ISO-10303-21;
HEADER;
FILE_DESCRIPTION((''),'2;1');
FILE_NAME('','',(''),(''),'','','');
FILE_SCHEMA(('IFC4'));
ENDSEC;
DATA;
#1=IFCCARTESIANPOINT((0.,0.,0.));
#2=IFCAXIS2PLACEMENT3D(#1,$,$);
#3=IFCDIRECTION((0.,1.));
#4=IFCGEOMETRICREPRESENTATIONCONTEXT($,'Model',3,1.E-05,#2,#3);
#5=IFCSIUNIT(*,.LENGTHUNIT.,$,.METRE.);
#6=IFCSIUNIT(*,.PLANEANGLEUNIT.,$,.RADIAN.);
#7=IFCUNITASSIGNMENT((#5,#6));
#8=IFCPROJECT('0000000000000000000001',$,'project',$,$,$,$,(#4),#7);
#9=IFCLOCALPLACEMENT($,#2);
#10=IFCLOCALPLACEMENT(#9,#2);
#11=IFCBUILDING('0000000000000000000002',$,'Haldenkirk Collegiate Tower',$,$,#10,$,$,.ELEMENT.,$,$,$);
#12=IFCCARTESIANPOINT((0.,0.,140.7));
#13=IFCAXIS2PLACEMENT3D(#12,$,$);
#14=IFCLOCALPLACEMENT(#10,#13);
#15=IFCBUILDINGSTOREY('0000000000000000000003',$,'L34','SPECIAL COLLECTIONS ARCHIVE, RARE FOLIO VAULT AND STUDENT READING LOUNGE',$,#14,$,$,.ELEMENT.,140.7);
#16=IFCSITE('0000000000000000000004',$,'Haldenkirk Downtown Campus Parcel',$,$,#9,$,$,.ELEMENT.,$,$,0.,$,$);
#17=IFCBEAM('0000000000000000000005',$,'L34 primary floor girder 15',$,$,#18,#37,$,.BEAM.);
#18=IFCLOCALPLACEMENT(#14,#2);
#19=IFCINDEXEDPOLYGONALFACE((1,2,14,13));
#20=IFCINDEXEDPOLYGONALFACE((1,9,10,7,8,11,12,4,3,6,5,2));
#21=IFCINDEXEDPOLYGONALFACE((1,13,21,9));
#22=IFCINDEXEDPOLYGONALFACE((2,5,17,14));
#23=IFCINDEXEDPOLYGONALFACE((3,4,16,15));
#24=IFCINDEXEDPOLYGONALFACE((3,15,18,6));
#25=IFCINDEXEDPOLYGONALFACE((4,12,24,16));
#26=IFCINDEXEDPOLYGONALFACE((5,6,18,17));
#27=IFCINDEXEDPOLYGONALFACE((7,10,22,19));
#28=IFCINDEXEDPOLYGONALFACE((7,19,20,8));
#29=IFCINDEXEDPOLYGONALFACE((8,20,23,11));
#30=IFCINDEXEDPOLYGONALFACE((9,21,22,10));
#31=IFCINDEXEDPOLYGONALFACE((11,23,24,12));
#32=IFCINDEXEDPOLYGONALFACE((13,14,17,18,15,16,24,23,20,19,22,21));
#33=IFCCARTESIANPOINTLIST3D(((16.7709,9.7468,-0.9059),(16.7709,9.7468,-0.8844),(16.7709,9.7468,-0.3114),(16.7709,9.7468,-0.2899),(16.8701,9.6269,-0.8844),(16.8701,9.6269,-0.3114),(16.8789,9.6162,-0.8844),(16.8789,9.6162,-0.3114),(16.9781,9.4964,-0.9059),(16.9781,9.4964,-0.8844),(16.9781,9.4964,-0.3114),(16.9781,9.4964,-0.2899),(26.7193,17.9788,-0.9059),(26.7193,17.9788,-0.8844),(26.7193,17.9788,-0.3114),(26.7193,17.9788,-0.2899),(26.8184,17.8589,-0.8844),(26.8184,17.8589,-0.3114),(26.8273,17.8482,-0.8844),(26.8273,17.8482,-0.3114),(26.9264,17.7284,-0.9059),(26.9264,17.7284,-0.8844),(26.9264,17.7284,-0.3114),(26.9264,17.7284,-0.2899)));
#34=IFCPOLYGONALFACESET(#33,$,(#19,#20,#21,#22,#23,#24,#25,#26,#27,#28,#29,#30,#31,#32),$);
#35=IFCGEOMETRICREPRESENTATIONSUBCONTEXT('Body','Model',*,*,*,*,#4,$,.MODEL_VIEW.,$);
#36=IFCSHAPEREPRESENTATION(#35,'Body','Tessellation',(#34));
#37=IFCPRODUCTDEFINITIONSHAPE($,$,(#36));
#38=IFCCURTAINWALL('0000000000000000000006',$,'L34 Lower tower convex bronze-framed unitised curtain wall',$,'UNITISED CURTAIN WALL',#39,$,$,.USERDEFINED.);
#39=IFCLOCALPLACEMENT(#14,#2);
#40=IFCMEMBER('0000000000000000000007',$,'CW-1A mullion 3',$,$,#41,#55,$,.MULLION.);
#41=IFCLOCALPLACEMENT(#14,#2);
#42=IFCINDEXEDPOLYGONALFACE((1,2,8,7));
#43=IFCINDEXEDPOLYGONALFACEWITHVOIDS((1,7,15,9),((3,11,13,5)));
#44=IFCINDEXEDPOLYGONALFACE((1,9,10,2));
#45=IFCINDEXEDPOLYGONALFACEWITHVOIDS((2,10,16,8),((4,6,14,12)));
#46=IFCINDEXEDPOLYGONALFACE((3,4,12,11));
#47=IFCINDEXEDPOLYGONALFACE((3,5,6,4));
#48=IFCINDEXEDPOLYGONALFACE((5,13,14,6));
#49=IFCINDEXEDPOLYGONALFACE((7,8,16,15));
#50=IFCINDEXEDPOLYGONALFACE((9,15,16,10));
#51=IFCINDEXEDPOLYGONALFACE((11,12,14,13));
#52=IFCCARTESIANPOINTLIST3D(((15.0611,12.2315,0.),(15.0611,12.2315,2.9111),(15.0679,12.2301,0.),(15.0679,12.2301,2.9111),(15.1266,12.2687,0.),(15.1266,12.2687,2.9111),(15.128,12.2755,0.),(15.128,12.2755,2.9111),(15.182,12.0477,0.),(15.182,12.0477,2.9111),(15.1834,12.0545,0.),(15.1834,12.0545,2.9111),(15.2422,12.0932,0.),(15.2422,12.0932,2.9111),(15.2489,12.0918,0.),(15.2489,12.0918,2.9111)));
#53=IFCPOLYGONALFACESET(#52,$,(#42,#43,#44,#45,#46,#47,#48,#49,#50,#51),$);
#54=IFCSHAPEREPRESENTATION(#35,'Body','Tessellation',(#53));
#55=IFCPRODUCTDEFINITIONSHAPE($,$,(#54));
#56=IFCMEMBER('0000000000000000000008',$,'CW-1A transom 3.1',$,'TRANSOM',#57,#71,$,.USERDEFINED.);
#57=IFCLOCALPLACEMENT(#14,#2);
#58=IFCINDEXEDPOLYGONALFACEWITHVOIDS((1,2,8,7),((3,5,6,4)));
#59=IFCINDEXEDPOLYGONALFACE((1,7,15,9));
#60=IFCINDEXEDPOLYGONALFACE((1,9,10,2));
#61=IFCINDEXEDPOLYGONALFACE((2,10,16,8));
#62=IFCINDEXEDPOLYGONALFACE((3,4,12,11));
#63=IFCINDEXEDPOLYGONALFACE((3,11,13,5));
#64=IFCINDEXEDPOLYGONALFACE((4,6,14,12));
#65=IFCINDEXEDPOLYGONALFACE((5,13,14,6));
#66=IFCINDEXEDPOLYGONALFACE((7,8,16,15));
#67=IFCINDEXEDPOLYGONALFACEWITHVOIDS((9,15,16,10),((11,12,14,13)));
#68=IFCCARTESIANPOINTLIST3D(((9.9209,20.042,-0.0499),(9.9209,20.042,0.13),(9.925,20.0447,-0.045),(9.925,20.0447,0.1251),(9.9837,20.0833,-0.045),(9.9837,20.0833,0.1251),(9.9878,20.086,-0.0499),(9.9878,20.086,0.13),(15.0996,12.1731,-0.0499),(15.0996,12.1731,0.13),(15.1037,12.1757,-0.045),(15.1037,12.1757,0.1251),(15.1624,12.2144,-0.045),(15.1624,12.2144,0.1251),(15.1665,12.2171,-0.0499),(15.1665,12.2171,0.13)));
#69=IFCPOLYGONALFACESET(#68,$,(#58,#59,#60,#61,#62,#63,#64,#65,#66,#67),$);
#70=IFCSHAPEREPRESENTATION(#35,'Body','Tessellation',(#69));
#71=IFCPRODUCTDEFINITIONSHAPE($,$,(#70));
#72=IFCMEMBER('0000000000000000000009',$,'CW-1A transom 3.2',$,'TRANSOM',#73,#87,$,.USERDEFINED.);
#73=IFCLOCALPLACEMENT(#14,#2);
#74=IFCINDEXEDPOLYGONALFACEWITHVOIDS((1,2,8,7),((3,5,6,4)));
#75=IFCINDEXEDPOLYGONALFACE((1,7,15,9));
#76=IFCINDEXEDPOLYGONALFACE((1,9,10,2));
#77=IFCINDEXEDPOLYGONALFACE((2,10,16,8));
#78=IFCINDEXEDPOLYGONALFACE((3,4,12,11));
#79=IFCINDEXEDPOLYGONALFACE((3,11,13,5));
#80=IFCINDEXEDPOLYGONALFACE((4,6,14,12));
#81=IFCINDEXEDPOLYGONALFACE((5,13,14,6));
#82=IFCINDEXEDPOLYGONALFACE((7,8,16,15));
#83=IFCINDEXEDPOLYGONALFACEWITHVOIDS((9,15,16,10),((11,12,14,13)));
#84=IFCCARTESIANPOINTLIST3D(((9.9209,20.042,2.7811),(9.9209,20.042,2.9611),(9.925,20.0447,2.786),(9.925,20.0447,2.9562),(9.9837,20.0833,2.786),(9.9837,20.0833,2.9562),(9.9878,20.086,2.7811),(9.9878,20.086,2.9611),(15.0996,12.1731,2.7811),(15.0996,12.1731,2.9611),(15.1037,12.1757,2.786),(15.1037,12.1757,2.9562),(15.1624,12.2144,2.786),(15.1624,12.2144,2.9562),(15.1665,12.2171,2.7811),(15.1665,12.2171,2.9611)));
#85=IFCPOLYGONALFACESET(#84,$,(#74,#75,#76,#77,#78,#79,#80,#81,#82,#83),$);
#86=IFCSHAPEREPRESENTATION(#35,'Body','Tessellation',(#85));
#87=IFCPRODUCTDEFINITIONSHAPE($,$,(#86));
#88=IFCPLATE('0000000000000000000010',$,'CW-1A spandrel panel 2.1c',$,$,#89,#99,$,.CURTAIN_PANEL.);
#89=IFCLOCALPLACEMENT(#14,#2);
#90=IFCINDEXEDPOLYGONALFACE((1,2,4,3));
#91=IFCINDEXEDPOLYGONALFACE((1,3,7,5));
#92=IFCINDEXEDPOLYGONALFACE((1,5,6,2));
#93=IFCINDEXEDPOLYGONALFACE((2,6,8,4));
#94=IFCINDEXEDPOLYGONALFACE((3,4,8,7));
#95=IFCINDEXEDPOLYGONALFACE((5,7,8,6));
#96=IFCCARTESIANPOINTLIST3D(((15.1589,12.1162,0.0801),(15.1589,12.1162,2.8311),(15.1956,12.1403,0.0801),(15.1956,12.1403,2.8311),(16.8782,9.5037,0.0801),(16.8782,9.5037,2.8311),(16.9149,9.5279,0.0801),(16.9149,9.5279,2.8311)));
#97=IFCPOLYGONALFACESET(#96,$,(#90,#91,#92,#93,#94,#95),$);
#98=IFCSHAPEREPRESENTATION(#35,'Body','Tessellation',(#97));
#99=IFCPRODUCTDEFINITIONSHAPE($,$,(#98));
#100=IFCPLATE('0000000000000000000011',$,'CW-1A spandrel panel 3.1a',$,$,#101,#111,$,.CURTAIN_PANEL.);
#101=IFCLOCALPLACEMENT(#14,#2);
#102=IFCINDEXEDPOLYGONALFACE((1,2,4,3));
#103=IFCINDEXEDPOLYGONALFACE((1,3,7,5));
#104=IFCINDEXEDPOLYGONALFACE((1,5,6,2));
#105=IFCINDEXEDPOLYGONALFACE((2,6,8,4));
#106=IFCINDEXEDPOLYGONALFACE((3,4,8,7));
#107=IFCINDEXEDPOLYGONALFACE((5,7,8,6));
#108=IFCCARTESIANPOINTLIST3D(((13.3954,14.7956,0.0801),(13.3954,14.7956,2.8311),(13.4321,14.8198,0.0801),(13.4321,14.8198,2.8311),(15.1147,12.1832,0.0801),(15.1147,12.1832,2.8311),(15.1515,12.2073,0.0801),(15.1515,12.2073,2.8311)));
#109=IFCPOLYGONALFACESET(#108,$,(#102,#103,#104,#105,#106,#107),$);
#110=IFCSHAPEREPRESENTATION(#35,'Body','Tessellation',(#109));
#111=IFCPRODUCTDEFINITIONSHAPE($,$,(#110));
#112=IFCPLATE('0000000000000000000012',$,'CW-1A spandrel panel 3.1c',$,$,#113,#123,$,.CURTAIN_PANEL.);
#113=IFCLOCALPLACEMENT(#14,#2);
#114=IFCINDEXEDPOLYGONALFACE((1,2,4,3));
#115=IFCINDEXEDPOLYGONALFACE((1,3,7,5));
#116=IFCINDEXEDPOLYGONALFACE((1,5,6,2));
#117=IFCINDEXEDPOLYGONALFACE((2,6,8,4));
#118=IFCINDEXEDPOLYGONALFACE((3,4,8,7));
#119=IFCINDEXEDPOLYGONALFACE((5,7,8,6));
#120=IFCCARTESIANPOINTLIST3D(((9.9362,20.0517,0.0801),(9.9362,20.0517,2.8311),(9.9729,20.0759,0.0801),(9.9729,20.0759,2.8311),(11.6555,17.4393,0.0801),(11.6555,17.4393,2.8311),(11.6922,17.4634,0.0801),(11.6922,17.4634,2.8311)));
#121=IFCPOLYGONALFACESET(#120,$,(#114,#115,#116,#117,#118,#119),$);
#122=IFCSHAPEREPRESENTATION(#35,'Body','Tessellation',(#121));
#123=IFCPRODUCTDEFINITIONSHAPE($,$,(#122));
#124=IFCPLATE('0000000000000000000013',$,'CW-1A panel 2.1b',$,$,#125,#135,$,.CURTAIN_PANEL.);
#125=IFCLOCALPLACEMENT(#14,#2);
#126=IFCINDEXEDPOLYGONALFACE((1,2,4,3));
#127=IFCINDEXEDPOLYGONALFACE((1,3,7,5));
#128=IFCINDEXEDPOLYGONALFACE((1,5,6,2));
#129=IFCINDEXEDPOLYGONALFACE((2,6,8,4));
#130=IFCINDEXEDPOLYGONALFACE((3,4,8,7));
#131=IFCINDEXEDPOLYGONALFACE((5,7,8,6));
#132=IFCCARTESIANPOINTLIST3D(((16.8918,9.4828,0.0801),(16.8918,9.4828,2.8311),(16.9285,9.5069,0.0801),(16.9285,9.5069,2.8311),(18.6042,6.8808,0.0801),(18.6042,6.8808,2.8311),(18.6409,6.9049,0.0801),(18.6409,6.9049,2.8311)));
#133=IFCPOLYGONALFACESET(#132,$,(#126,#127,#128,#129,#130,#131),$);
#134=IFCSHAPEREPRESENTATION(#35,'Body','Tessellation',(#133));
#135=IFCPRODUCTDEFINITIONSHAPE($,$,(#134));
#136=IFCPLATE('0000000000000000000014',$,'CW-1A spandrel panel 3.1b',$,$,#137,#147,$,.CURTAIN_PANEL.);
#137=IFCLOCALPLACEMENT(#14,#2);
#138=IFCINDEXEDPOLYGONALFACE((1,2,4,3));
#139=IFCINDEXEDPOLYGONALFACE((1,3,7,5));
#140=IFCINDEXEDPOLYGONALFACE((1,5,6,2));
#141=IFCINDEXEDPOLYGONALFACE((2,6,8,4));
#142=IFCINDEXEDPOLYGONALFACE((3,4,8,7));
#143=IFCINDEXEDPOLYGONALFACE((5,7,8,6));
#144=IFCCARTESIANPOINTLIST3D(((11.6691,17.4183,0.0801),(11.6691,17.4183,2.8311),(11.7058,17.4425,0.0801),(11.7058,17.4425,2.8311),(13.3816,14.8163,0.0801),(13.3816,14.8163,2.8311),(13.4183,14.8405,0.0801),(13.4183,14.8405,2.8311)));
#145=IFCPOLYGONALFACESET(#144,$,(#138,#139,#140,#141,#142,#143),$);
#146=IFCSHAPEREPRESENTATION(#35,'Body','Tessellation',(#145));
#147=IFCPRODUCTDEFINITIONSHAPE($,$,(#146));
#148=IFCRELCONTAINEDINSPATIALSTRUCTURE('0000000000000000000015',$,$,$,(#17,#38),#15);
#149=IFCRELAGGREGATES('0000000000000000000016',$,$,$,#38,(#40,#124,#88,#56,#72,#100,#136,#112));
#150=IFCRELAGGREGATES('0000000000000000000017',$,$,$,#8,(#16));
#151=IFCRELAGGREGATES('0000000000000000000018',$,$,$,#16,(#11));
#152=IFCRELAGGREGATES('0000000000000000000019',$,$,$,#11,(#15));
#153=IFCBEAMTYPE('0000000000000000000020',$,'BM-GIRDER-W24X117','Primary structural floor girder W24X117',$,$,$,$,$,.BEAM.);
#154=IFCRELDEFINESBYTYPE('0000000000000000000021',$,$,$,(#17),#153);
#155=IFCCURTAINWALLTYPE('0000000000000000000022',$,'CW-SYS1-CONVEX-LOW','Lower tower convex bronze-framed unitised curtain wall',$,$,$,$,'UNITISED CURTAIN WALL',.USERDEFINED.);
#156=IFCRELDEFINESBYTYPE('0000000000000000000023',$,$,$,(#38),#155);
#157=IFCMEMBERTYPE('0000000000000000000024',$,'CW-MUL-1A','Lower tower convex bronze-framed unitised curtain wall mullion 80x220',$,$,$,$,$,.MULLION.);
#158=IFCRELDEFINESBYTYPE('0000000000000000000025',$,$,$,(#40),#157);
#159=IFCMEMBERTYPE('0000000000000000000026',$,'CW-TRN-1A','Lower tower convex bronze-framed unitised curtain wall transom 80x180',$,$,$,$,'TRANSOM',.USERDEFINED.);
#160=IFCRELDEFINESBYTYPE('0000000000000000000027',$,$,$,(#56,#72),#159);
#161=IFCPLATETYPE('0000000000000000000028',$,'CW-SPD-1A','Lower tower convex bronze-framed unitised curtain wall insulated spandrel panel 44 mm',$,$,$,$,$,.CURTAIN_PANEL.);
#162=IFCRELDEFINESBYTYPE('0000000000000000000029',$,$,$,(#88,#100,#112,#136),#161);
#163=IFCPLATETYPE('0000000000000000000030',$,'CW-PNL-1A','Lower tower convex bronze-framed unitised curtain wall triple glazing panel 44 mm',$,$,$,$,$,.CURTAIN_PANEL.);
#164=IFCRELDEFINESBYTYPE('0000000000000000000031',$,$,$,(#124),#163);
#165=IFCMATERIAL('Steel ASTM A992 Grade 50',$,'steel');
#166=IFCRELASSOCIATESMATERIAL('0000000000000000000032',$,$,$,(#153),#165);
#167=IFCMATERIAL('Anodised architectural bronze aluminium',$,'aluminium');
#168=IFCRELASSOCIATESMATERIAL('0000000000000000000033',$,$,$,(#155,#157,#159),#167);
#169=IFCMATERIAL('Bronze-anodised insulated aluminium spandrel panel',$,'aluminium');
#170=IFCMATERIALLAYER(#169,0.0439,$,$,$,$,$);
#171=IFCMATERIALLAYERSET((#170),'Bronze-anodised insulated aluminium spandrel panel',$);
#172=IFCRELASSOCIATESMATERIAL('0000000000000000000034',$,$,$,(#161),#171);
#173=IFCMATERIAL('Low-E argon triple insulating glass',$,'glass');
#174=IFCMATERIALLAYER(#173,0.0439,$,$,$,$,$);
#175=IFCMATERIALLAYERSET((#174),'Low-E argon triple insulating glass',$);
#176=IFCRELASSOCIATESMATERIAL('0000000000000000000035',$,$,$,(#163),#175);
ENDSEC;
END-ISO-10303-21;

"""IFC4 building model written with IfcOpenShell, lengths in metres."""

from ifc_helpers import new_model, si_unit, direction, frame, origin, origin_2d, place, context, subcontext, project, spatial, rectangle, hollow_rectangle, i_section, extrude, source, transform, mapped, material, layer, layer_set, material_profile, profile_set, type_object, element, aggregate, save


model = new_model("IFC4")

# Units and contexts
model_context = context("Model", 3, precision=1e-05, world=origin(), true_north=direction((0.0, 1.0)))
body_context = subcontext(model_context, "Body", "Model", "MODEL_VIEW")
ifc_project = project(units=[si_unit("LENGTHUNIT", "METRE"), si_unit("PLANEANGLEUNIT", "RADIAN")], contexts=[model_context])

# Site, building, storey
site_placement = place(None, origin())
site = spatial("IfcSite", under=ifc_project, at=site_placement, Name="Haldenkirk Downtown Campus Parcel", CompositionType="ELEMENT", RefElevation=0.0)
building_placement = place(site_placement, origin())
building = spatial("IfcBuilding", under=site, at=building_placement, Name="Haldenkirk Collegiate Tower", CompositionType="ELEMENT")
storey_placement = place(building_placement, frame((0.0, 0.0, 140.7)))
storey = spatial("IfcBuildingStorey", under=building, at=storey_placement, Name="L34", Description="SPECIAL COLLECTIONS ARCHIVE, RARE FOLIO VAULT AND STUDENT READING LOUNGE", CompositionType="ELEMENT", Elevation=140.7)

# Beam
ifc_material_1 = material(Name="Steel ASTM A992 Grade 50", Category="steel")
ifc_material_profile_1 = material_profile(ifc_material_1, i_section(OverallWidth=0.325, OverallDepth=0.616, WebThickness=0.0139, FlangeThickness=0.0215, at=origin_2d()), Name="W24X117")
ifc_profile_set_1 = profile_set([ifc_material_profile_1], Name="Steel ASTM A992 Grade 50")
beam_type = type_object("IfcBeamType", Name="BM-GIRDER-W24X117", Description="Primary structural floor girder W24X117", PredefinedType="BEAM", material=ifc_profile_set_1)
beam_placement = place(storey_placement, frame((16.8745, 9.6216, -0.5979), z_axis=(0.770436, 0.637517, 0.0), x_axis=(-0.637517, 0.770436, 0.0)))
element("IfcBeam", 1, at=beam_placement, inside=storey, type_object=beam_type, Name="L34 primary floor girder 15", PredefinedType="BEAM", context=body_context, shape_type="SweptSolid", body=[
    extrude(i_section(OverallWidth=0.325, OverallDepth=0.616, WebThickness=0.0139, FlangeThickness=0.0215, at=origin_2d()), origin(), (0.0, 0.0, 1.0), 12.9126),
])

# Curtain wall, members, plates
ifc_material_2 = material(Name="Anodised architectural bronze aluminium", Category="aluminium")
curtain_wall_type = type_object("IfcCurtainWallType", Name="CW-SYS1-CONVEX-LOW", Description="Lower tower convex bronze-framed unitised curtain wall", ElementType="UNITISED CURTAIN WALL", PredefinedType="USERDEFINED", material=ifc_material_2)
curtain_wall_placement = place(storey_placement, origin())
curtain_wall = element("IfcCurtainWall", 2, at=curtain_wall_placement, inside=storey, type_object=curtain_wall_type, Name="L34 Lower tower convex bronze-framed unitised curtain wall", ObjectType="UNITISED CURTAIN WALL", PredefinedType="USERDEFINED")
ifc_material_profile_2 = material_profile(ifc_material_2, hollow_rectangle(XDim=0.0801, YDim=0.22, WallThickness=0.0049, at=origin_2d()), Name="CW-MUL-1A")
ifc_profile_set_2 = profile_set([ifc_material_profile_2], Name="Anodised architectural bronze aluminium")
member_type_1 = type_object("IfcMemberType", Name="CW-MUL-1A", Description="Lower tower convex bronze-framed unitised curtain wall mullion 80x220", PredefinedType="MULLION", material=ifc_profile_set_2)
member_1_placement = place(storey_placement, frame((15.155, 12.1616, 0.0), z_axis=(0.0, 0.0, 1.0), x_axis=(-0.835327, -0.549753, 0.0)))
member_1 = element("IfcMember", 3, at=member_1_placement, type_object=member_type_1, Name="CW-1A mullion 3", PredefinedType="MULLION", context=body_context, shape_type="SweptSolid", body=[
    extrude(hollow_rectangle(XDim=0.0801, YDim=0.22, WallThickness=0.0049, at=origin_2d()), origin(), (0.0, 0.0, 1.0), 2.9111),
])
ifc_material_profile_3 = material_profile(ifc_material_2, hollow_rectangle(XDim=0.0801, YDim=0.1799, WallThickness=0.0049, at=origin_2d()), Name="CW-TRN-1A")
ifc_profile_set_3 = profile_set([ifc_material_profile_3], Name="Anodised architectural bronze aluminium")
member_type_2 = type_object("IfcMemberType", Name="CW-TRN-1A", Description="Lower tower convex bronze-framed unitised curtain wall transom 80x180", ElementType="TRANSOM", PredefinedType="USERDEFINED", material=ifc_profile_set_3)
member_2_placement = place(storey_placement, frame((15.1331, 12.1951, 0.04), z_axis=(-0.54975, 0.835329, 0.0), x_axis=(-0.835329, -0.54975, 0.0)))
member_2 = element("IfcMember", 4, at=member_2_placement, type_object=member_type_2, Name="CW-1A transom 3.1", ObjectType="TRANSOM", PredefinedType="USERDEFINED", context=body_context, shape_type="SweptSolid", body=[
    extrude(hollow_rectangle(XDim=0.0801, YDim=0.1799, WallThickness=0.0049, at=origin_2d()), origin(), (0.0, 0.0, 1.0), 9.4202),
])
member_3_placement = place(storey_placement, frame((15.1331, 12.1951, 2.8711), z_axis=(-0.54975, 0.835329, 0.0), x_axis=(-0.835329, -0.54975, 0.0)))
member_3 = element("IfcMember", 5, at=member_3_placement, type_object=member_type_2, Name="CW-1A transom 3.2", ObjectType="TRANSOM", PredefinedType="USERDEFINED", context=body_context, shape_type="SweptSolid", body=[
    extrude(hollow_rectangle(XDim=0.0801, YDim=0.1799, WallThickness=0.0049, at=origin_2d()), origin(), (0.0, 0.0, 1.0), 9.4202),
])
ifc_material_3 = material(Name="Bronze-anodised insulated aluminium spandrel panel", Category="aluminium")
ifc_layer_1 = layer(ifc_material_3, 0.0439)
ifc_layer_set_1 = layer_set([ifc_layer_1], Name="Bronze-anodised insulated aluminium spandrel panel")
plate_type_1 = type_object("IfcPlateType", Name="CW-SPD-1A", Description="Lower tower convex bronze-framed unitised curtain wall insulated spandrel panel 44 mm", PredefinedType="CURTAIN_PANEL", material=ifc_layer_set_1)
shared_shape_1 = source(origin(), body_context, "Body", "SweptSolid", [
    extrude(rectangle(XDim=3.1274, YDim=0.0439, at=origin_2d()), origin(), (0.0, 0.0, 1.0), 2.751),
])
plate_1_placement = place(storey_placement, frame((16.0369, 10.822, 0.0801), z_axis=(0.0, 0.0, 1.0), x_axis=(-0.549753, 0.835327, 0.0)))
plate_1 = element("IfcPlate", 6, at=plate_1_placement, type_object=plate_type_1, Name="CW-1A spandrel panel 2.1c", PredefinedType="CURTAIN_PANEL", context=body_context, shape_type="MappedRepresentation", body=[
    mapped(shared_shape_1, transform((0.0, 0.0, 0.0), x_axis=(1.0, 0.0, 0.0), y_axis=(0.0, 1.0, 0.0), z_axis=(0.0, 0.0, 1.0), scale=1.0)),
])
plate_2_placement = place(storey_placement, frame((14.2734, 13.5015, 0.0801), z_axis=(0.0, 0.0, 1.0), x_axis=(-0.549753, 0.835327, 0.0)))
plate_2 = element("IfcPlate", 7, at=plate_2_placement, type_object=plate_type_1, Name="CW-1A spandrel panel 3.1a", PredefinedType="CURTAIN_PANEL", context=body_context, shape_type="MappedRepresentation", body=[
    mapped(shared_shape_1, transform((0.0, 0.0, 0.0), x_axis=(1.0, 0.0, 0.0), y_axis=(0.0, 1.0, 0.0), z_axis=(0.0, 0.0, 1.0), scale=1.0)),
])
plate_3_placement = place(storey_placement, frame((10.8142, 18.7576, 0.0801), z_axis=(0.0, 0.0, 1.0), x_axis=(-0.549753, 0.835327, 0.0)))
plate_3 = element("IfcPlate", 8, at=plate_3_placement, type_object=plate_type_1, Name="CW-1A spandrel panel 3.1c", PredefinedType="CURTAIN_PANEL", context=body_context, shape_type="MappedRepresentation", body=[
    mapped(shared_shape_1, transform((0.0, 0.0, 0.0), x_axis=(1.0, 0.0, 0.0), y_axis=(0.0, 1.0, 0.0), z_axis=(0.0, 0.0, 1.0), scale=1.0)),
])
ifc_material_4 = material(Name="Low-E argon triple insulating glass", Category="glass")
ifc_layer_2 = layer(ifc_material_4, 0.0439)
ifc_layer_set_2 = layer_set([ifc_layer_2], Name="Low-E argon triple insulating glass")
plate_type_2 = type_object("IfcPlateType", Name="CW-PNL-1A", Description="Lower tower convex bronze-framed unitised curtain wall triple glazing panel 44 mm", PredefinedType="CURTAIN_PANEL", material=ifc_layer_set_2)
shared_shape_2 = source(origin(), body_context, "Body", "SweptSolid", [
    extrude(rectangle(XDim=3.115, YDim=0.0439, at=origin_2d()), origin(), (0.0, 0.0, 1.0), 2.751),
])
plate_4_placement = place(storey_placement, frame((17.7664, 8.1938, 0.0801), z_axis=(0.0, 0.0, 1.0), x_axis=(-0.549753, 0.835327, 0.0)))
plate_4 = element("IfcPlate", 9, at=plate_4_placement, type_object=plate_type_2, Name="CW-1A panel 2.1b", PredefinedType="CURTAIN_PANEL", context=body_context, shape_type="MappedRepresentation", body=[
    mapped(shared_shape_2, transform((0.0, 0.0, 0.0), x_axis=(1.0, 0.0, 0.0), y_axis=(0.0, 1.0, 0.0), z_axis=(0.0, 0.0, 1.0), scale=1.0)),
])
plate_5_placement = place(storey_placement, frame((12.5437, 16.1294, 0.0801), z_axis=(0.0, 0.0, 1.0), x_axis=(-0.549753, 0.835327, 0.0)))
plate_5 = element("IfcPlate", 10, at=plate_5_placement, type_object=plate_type_1, Name="CW-1A spandrel panel 3.1b", PredefinedType="CURTAIN_PANEL", context=body_context, shape_type="MappedRepresentation", body=[
    mapped(shared_shape_2, transform((0.0, 0.0, 0.0), x_axis=(1.0, 0.0, 0.0), y_axis=(0.0, 1.0, 0.0), z_axis=(0.0, 0.0, 1.0), scale=1.0)),
])
aggregate(curtain_wall, [member_1, plate_4, plate_1, member_2, member_3, plate_2, plate_5, plate_3])

save(model, "model.ifc")
